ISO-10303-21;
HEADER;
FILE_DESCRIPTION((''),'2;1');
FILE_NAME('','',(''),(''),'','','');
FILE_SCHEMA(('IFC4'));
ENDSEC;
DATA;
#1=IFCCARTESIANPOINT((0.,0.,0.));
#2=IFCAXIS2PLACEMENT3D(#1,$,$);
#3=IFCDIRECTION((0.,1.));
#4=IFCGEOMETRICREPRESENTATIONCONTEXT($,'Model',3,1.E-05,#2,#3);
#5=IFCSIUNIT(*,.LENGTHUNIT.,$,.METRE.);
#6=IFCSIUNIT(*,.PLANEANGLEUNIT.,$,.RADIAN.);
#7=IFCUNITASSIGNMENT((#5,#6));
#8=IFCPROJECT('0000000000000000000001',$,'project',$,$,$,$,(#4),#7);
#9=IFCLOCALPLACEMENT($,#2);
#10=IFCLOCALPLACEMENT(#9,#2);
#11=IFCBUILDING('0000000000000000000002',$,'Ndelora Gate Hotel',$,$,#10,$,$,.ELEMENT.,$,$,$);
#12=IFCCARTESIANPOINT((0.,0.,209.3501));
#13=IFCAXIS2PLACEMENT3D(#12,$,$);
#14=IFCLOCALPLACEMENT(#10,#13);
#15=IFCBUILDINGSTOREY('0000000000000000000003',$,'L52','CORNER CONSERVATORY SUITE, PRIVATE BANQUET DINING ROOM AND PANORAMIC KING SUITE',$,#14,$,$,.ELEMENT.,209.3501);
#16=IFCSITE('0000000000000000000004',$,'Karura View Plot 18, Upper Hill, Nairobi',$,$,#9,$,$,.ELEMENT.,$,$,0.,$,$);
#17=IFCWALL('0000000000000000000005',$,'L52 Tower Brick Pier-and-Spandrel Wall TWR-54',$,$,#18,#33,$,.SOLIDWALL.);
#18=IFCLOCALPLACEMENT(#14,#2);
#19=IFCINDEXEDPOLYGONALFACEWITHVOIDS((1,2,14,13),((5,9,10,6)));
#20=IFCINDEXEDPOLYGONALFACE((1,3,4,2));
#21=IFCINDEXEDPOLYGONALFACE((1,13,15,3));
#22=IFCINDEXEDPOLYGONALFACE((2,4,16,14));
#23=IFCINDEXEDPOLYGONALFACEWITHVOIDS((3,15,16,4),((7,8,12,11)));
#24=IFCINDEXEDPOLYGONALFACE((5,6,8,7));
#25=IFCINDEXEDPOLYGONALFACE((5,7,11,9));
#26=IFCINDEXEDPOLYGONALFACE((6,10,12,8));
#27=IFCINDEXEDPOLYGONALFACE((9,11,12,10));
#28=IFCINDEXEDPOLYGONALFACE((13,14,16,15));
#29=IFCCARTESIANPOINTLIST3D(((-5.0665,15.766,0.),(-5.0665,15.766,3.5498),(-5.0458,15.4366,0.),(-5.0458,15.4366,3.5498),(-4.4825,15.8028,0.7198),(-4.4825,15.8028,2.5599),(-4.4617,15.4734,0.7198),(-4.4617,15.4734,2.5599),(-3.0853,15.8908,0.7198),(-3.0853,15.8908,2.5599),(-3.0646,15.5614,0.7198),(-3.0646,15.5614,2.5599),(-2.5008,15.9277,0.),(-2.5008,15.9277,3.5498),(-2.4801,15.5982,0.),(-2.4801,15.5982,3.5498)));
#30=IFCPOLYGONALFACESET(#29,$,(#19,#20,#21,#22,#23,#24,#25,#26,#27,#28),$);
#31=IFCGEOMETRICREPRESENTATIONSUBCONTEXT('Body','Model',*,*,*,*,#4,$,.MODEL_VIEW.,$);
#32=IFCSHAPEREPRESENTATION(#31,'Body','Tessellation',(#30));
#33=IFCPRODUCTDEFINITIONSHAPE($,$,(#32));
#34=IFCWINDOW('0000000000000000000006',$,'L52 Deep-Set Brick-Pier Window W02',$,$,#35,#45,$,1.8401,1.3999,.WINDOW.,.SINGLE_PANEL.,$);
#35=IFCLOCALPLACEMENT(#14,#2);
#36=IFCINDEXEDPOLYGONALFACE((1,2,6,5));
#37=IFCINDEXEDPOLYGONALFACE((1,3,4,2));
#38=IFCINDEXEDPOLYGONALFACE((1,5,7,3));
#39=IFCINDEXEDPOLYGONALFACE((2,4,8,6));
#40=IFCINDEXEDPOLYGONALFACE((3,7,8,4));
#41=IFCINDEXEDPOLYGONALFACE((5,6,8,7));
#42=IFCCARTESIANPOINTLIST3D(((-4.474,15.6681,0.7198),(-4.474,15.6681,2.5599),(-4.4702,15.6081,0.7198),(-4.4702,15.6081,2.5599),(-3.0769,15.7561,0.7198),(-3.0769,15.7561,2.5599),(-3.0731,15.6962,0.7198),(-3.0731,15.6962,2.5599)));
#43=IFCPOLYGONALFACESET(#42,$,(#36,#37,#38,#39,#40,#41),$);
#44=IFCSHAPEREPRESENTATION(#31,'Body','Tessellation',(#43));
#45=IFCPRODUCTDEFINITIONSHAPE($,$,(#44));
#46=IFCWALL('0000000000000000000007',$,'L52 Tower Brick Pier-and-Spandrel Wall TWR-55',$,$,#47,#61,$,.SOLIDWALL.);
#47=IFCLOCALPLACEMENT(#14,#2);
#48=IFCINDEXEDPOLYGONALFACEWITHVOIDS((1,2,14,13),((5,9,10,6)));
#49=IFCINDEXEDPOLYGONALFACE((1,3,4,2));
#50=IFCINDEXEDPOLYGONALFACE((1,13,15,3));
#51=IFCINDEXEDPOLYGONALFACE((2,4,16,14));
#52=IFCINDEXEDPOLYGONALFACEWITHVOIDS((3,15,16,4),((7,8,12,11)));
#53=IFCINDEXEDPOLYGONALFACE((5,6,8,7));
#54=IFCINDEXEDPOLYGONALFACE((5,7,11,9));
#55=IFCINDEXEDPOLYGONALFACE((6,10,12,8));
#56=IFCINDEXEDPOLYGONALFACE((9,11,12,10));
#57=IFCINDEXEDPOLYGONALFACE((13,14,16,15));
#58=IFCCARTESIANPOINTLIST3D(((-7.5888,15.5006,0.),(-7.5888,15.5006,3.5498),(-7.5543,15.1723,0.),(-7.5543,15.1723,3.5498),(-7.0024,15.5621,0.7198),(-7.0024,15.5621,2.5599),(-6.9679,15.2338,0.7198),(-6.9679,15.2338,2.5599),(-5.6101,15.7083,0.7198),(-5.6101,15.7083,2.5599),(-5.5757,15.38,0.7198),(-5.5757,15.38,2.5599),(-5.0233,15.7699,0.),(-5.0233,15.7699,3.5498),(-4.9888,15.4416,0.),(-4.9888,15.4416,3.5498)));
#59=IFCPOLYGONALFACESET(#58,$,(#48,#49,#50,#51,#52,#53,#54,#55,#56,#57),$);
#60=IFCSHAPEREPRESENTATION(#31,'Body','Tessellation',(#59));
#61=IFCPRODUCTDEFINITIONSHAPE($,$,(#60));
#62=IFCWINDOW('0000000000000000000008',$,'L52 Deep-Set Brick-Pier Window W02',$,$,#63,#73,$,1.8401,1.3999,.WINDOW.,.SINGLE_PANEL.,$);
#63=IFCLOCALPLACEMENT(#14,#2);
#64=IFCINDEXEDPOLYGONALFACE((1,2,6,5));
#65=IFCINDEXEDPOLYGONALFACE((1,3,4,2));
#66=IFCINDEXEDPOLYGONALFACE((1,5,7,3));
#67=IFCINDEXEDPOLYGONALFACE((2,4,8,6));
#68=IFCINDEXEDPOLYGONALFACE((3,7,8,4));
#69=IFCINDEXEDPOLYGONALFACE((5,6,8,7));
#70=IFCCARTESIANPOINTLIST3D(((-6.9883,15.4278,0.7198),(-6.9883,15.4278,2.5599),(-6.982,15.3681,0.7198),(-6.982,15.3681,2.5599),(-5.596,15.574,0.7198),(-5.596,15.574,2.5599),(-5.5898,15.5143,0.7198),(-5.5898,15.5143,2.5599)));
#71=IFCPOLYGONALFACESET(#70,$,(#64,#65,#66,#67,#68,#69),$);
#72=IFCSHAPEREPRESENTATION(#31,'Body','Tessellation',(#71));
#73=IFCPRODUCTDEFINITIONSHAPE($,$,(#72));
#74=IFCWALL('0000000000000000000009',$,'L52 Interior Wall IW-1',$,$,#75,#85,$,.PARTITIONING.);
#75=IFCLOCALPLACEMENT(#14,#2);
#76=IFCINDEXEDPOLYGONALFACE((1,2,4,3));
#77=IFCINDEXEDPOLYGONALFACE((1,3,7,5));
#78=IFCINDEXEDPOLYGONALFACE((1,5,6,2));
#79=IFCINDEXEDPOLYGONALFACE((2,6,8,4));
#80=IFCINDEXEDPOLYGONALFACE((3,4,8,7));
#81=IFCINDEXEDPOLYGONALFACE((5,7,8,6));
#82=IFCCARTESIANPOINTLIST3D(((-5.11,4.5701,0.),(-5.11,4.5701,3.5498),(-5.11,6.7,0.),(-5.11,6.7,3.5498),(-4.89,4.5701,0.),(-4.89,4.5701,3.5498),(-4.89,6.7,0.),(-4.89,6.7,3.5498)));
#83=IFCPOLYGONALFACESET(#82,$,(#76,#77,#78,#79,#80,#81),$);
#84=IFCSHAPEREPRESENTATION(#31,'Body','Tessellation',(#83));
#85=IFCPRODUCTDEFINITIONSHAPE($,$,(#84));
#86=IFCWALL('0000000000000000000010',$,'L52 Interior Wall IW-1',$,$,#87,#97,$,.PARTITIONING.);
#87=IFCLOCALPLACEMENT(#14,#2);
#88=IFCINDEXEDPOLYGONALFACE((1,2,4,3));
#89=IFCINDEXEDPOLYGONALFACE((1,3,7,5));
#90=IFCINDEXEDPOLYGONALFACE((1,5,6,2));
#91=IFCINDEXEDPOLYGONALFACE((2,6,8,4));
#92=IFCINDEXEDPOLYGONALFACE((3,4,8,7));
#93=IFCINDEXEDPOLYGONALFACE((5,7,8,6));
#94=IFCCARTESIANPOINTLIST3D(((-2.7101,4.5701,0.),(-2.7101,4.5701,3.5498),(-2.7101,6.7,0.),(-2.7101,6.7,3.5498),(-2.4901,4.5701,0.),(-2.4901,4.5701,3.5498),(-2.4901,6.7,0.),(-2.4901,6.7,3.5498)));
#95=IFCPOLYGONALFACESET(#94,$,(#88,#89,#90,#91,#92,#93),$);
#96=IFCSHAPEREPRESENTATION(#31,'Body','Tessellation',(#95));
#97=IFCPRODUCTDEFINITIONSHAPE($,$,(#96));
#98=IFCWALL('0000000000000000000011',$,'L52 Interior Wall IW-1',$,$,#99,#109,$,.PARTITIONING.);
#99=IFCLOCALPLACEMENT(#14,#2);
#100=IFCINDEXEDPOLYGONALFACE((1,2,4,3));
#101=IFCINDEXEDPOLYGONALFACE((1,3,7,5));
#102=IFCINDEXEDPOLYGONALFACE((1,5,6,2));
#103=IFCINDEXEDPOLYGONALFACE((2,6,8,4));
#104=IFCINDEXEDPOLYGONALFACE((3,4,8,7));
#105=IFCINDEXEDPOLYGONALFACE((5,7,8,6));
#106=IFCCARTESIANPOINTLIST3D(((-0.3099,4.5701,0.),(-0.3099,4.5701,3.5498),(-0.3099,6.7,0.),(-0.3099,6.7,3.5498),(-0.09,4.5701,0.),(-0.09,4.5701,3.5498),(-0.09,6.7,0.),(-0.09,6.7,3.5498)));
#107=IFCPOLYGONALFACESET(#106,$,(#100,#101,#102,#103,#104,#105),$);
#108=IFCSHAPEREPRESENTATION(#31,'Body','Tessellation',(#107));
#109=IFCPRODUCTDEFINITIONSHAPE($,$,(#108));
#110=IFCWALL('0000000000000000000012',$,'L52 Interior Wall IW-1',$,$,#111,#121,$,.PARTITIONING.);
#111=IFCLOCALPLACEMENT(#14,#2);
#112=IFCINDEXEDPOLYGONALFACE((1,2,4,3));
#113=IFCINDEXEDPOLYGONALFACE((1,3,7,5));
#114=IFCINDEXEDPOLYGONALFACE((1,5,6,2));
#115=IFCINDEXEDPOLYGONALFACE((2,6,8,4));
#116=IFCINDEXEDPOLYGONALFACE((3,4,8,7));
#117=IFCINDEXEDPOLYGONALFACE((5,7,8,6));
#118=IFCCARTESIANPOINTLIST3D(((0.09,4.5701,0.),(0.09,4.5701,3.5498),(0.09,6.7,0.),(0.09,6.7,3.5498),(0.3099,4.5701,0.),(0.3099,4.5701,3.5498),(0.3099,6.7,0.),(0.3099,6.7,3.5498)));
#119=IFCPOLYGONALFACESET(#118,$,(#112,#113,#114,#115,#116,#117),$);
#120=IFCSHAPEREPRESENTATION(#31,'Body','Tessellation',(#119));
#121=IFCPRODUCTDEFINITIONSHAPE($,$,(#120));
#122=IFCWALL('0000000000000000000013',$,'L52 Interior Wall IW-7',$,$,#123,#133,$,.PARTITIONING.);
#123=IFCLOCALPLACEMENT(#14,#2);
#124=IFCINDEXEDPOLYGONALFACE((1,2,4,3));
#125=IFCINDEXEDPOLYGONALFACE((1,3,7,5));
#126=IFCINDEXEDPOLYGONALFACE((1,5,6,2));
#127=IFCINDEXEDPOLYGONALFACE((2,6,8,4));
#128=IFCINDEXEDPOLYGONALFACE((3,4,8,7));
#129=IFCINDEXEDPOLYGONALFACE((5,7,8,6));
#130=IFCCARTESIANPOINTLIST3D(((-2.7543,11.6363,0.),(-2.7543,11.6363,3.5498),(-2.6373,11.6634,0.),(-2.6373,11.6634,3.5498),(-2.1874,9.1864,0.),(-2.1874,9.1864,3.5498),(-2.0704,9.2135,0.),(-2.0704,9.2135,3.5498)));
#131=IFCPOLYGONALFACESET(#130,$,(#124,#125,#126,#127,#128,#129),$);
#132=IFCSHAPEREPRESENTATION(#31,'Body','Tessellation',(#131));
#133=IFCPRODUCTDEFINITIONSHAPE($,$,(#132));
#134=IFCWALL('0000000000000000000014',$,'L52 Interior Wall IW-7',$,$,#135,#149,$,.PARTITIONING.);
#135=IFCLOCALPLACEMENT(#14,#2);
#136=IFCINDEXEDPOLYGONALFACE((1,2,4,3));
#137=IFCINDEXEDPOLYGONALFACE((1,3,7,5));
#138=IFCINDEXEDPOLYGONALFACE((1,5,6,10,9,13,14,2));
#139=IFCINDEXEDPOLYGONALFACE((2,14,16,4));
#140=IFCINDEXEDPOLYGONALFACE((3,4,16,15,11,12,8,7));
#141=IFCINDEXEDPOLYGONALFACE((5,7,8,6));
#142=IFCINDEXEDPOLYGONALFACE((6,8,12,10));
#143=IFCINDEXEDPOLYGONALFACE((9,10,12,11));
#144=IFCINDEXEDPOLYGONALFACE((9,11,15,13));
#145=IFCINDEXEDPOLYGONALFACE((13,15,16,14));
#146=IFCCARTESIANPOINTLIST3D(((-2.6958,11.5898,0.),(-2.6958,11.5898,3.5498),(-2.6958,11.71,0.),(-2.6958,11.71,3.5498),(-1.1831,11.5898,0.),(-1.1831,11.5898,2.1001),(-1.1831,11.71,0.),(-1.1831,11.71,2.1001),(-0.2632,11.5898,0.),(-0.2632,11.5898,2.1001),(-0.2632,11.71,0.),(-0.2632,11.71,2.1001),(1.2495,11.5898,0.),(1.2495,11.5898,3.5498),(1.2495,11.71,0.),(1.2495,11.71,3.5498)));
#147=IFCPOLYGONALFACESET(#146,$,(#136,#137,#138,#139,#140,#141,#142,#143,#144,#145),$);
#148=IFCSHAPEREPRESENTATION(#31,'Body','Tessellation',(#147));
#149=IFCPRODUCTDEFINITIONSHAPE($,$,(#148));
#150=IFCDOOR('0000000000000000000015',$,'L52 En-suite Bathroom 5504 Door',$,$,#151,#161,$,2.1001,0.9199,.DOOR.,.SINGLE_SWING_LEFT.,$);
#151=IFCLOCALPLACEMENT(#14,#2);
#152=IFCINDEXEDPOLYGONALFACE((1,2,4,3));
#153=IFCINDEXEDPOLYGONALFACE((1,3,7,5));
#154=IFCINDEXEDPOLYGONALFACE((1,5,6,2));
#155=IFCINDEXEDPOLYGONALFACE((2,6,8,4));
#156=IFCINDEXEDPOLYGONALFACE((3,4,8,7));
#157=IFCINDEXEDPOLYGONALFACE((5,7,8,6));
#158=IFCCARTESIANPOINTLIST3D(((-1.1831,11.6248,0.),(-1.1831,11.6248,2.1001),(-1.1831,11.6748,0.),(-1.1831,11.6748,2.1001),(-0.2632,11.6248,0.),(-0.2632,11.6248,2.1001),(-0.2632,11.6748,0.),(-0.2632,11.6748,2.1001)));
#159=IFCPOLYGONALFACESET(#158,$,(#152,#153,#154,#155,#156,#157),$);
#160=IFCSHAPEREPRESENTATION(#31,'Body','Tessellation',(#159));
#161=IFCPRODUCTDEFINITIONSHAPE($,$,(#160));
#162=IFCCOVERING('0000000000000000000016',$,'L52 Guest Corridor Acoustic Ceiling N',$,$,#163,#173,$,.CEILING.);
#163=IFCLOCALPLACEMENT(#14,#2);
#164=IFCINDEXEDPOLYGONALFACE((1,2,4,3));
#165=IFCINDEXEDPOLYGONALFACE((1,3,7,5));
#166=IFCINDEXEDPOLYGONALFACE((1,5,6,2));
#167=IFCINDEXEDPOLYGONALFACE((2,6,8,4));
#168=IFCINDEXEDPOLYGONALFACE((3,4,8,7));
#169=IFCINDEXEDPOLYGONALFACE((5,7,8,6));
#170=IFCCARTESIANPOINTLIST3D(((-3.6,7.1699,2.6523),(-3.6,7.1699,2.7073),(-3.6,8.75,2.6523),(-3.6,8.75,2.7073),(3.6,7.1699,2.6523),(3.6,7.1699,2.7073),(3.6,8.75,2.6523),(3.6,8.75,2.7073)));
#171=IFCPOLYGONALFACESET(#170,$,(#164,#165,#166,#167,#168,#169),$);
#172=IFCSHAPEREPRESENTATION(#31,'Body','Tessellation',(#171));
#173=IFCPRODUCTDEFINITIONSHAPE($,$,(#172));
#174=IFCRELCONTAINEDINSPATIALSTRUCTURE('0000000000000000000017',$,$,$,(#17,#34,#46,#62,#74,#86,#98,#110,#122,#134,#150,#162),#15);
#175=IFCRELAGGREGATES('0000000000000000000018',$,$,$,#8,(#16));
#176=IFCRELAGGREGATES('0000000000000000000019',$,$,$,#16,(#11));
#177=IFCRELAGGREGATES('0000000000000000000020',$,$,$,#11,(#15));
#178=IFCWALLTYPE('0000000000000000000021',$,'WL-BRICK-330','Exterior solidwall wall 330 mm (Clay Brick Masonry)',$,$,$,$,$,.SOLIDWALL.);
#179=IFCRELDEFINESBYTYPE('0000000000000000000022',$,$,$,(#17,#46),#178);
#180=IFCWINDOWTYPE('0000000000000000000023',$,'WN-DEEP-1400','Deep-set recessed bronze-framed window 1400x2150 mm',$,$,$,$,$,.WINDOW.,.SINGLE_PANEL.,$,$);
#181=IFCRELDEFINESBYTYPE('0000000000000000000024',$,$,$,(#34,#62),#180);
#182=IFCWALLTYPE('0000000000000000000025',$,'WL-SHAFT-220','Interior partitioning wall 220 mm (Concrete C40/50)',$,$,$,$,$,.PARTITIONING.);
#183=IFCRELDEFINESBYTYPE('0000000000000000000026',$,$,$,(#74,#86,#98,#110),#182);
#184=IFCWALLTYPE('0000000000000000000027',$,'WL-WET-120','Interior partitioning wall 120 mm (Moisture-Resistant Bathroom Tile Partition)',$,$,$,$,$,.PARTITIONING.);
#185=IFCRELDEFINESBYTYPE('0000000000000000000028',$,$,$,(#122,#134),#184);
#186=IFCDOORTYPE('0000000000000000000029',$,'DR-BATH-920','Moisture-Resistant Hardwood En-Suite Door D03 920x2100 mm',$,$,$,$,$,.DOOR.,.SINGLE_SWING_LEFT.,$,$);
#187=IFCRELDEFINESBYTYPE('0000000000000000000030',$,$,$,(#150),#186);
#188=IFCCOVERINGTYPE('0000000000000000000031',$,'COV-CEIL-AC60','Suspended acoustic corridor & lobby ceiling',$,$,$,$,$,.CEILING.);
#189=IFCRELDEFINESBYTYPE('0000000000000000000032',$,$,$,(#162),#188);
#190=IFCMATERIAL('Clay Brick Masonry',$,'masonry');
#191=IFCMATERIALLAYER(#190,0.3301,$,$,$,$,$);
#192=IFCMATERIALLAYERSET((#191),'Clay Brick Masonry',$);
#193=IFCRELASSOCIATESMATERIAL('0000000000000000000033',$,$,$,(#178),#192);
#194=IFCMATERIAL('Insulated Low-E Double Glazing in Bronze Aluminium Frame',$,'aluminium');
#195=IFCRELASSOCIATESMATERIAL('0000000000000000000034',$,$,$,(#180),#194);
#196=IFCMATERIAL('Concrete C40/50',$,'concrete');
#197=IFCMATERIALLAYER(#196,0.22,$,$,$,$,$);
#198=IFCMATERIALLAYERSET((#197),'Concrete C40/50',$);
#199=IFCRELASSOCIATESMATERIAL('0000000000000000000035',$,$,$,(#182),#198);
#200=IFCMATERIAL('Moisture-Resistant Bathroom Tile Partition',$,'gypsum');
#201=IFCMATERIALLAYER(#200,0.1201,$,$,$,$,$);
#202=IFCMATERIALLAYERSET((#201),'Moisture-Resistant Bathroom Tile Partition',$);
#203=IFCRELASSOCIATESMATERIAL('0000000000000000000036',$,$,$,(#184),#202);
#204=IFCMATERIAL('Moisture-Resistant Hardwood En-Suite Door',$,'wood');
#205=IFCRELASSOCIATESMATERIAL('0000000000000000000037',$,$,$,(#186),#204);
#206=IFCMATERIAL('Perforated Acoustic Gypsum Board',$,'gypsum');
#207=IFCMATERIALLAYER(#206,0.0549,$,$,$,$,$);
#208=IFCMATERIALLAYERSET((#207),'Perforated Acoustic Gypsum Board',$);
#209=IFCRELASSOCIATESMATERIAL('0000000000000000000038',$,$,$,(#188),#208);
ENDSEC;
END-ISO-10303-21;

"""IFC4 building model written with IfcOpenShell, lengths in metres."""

from ifc_helpers import new_model, si_unit, direction, frame, frame_2d, origin, origin_2d, place, context, subcontext, project, spatial, rectangle, extrude, material, layer, layer_set, type_object, element, fill, save


model = new_model("IFC4")

# Units and contexts
model_context = context("Model", 3, precision=1e-05, world=origin(), true_north=direction((0.0, 1.0)))
body_context = subcontext(model_context, "Body", "Model", "MODEL_VIEW")
ifc_project = project(units=[si_unit("LENGTHUNIT", "METRE"), si_unit("PLANEANGLEUNIT", "RADIAN")], contexts=[model_context])

# Site, building, storey
site_placement = place(None, origin())
site = spatial("IfcSite", under=ifc_project, at=site_placement, Name="Karura View Plot 18, Upper Hill, Nairobi", CompositionType="ELEMENT", RefElevation=0.0)
building_placement = place(site_placement, origin())
building = spatial("IfcBuilding", under=site, at=building_placement, Name="Ndelora Gate Hotel", CompositionType="ELEMENT")
storey_placement = place(building_placement, frame((0.0, 0.0, 209.3501)))
storey = spatial("IfcBuildingStorey", under=building, at=storey_placement, Name="L52", Description="CORNER CONSERVATORY SUITE, PRIVATE BANQUET DINING ROOM AND PANORAMIC KING SUITE", CompositionType="ELEMENT", Elevation=209.3501)

# Shared definitions
ifc_material_1 = material(Name="Clay Brick Masonry", Category="masonry")
ifc_layer_1 = layer(ifc_material_1, 0.3301)
ifc_layer_set_1 = layer_set([ifc_layer_1], Name="Clay Brick Masonry")
wall_type_1 = type_object("IfcWallType", Name="WL-BRICK-330", Description="Exterior solidwall wall 330 mm (Clay Brick Masonry)", PredefinedType="SOLIDWALL", material=ifc_layer_set_1)

# Walls, openings, windows
wall_1_placement = place(storey_placement, frame((-5.0562, 15.6013, 0.0), z_axis=(0.0, 0.0, 1.0), x_axis=(0.998022, 0.062869, 0.0)))
wall_1 = element("IfcWall", 1, at=wall_1_placement, inside=storey, type_object=wall_type_1, Name="L52 Tower Brick Pier-and-Spandrel Wall TWR-54", PredefinedType="SOLIDWALL", context=body_context, shape_type="SweptSolid", body=[
    extrude(rectangle(XDim=2.5708, YDim=0.3301, at=frame_2d((1.2854, 0.0))), origin(), (0.0, 0.0, 1.0), 3.5498),
])
opening_1_placement = place(wall_1_placement, frame((0.5852, 0.0, 0.72)))
opening_1 = element("IfcOpeningElement", 2, at=opening_1_placement, cuts=wall_1, PredefinedType="OPENING", context=body_context, shape_type="SweptSolid", body=[
    extrude(rectangle(XDim=1.3999, YDim=1.8401, at=frame_2d((0.7, 0.9199))), frame((0.0, 0.175, 0.0), z_axis=(0.0, -1.0, 0.0), x_axis=(1.0, 0.0, 0.0)), (0.0, 0.0, 1.0), 0.3501),
])
ifc_material_2 = material(Name="Insulated Low-E Double Glazing in Bronze Aluminium Frame", Category="aluminium")
window_type = type_object("IfcWindowType", Name="WN-DEEP-1400", Description="Deep-set recessed bronze-framed window 1400x2150 mm", PartitioningType="SINGLE_PANEL", PredefinedType="WINDOW", material=ifc_material_2)
window_1_placement = place(opening_1_placement, origin())
window_1 = element("IfcWindow", 3, at=window_1_placement, inside=storey, type_object=window_type, Name="L52 Deep-Set Brick-Pier Window W02", OverallHeight=1.8401, OverallWidth=1.3999, PartitioningType="SINGLE_PANEL", PredefinedType="WINDOW", context=body_context, shape_type="SweptSolid", body=[
    extrude(rectangle(XDim=1.3999, YDim=1.8401, at=frame_2d((0.7, 0.9199))), frame((0.0, 0.03, 0.0), z_axis=(0.0, -1.0, 0.0), x_axis=(1.0, 0.0, 0.0)), (0.0, 0.0, 1.0), 0.0601),
])
fill(opening_1, window_1)
wall_2_placement = place(storey_placement, frame((-7.5715, 15.3364, 0.0), z_axis=(0.0, 0.0, 1.0), x_axis=(0.994536, 0.104394, 0.0)))
wall_2 = element("IfcWall", 4, at=wall_2_placement, inside=storey, type_object=wall_type_1, Name="L52 Tower Brick Pier-and-Spandrel Wall TWR-55", PredefinedType="SOLIDWALL", context=body_context, shape_type="SweptSolid", body=[
    extrude(rectangle(XDim=2.5796, YDim=0.3301, at=frame_2d((1.2898, 0.0))), origin(), (0.0, 0.0, 1.0), 3.5498),
])
opening_2_placement = place(wall_2_placement, frame((0.5896, 0.0, 0.72)))
opening_2 = element("IfcOpeningElement", 5, at=opening_2_placement, cuts=wall_2, PredefinedType="OPENING", context=body_context, shape_type="SweptSolid", body=[
    extrude(rectangle(XDim=1.3999, YDim=1.8401, at=frame_2d((0.7, 0.9199))), frame((0.0, 0.175, 0.0), z_axis=(0.0, -1.0, 0.0), x_axis=(1.0, 0.0, 0.0)), (0.0, 0.0, 1.0), 0.3501),
])
window_2_placement = place(opening_2_placement, origin())
window_2 = element("IfcWindow", 6, at=window_2_placement, inside=storey, type_object=window_type, Name="L52 Deep-Set Brick-Pier Window W02", OverallHeight=1.8401, OverallWidth=1.3999, PartitioningType="SINGLE_PANEL", PredefinedType="WINDOW", context=body_context, shape_type="SweptSolid", body=[
    extrude(rectangle(XDim=1.3999, YDim=1.8401, at=frame_2d((0.7, 0.9199))), frame((0.0, 0.03, 0.0), z_axis=(0.0, -1.0, 0.0), x_axis=(1.0, 0.0, 0.0)), (0.0, 0.0, 1.0), 0.0601),
])
fill(opening_2, window_2)

# Walls
ifc_material_3 = material(Name="Concrete C40/50", Category="concrete")
ifc_layer_2 = layer(ifc_material_3, 0.22)
ifc_layer_set_2 = layer_set([ifc_layer_2], Name="Concrete C40/50")
wall_type_2 = type_object("IfcWallType", Name="WL-SHAFT-220", Description="Interior partitioning wall 220 mm (Concrete C40/50)", PredefinedType="PARTITIONING", material=ifc_layer_set_2)
for number, where, z_axis, x_axis, name in (
    (7, (-5.0, 4.5701, 0.0), (0.0, 0.0, 1.0), (0.0, 1.0, 0.0), "L52 Interior Wall IW-1"),
    (8, (-2.6001, 4.5701, 0.0), (0.0, 0.0, 1.0), (0.0, 1.0, 0.0), "L52 Interior Wall IW-1"),
    (9, (-0.2, 4.5701, 0.0), (0.0, 0.0, 1.0), (0.0, 1.0, 0.0), "L52 Interior Wall IW-1"),
    (10, (0.2, 4.5701, 0.0), (0.0, 0.0, 1.0), (0.0, 1.0, 0.0), "L52 Interior Wall IW-1"),
):
    element("IfcWall", number, at=place(storey_placement, frame(where, z_axis=z_axis, x_axis=x_axis)), inside=storey, type_object=wall_type_2, Name=name, PredefinedType="PARTITIONING", context=body_context, shape_type="SweptSolid", body=[
        extrude(rectangle(XDim=2.1299, YDim=0.22, at=frame_2d((1.0649, 0.0))), origin(), (0.0, 0.0, 1.0), 3.5498),
    ])
ifc_material_4 = material(Name="Moisture-Resistant Bathroom Tile Partition", Category="gypsum")
ifc_layer_3 = layer(ifc_material_4, 0.1201)
ifc_layer_set_3 = layer_set([ifc_layer_3], Name="Moisture-Resistant Bathroom Tile Partition")
wall_type_3 = type_object("IfcWallType", Name="WL-WET-120", Description="Interior partitioning wall 120 mm (Moisture-Resistant Bathroom Tile Partition)", PredefinedType="PARTITIONING", material=ifc_layer_set_3)
wall_3_placement = place(storey_placement, frame((-2.1289, 9.2, 0.0), z_axis=(0.0, 0.0, 1.0), x_axis=(-0.225434, 0.974258, 0.0)))
element("IfcWall", 11, at=wall_3_placement, inside=storey, type_object=wall_type_3, Name="L52 Interior Wall IW-7", PredefinedType="PARTITIONING", context=body_context, shape_type="SweptSolid", body=[
    extrude(rectangle(XDim=2.5146, YDim=0.1201, at=frame_2d((1.2573, 0.0))), origin(), (0.0, 0.0, 1.0), 3.5498),
])

# Wall, opening, door
wall_4_placement = place(storey_placement, frame((-2.6958, 11.6499, 0.0), z_axis=(0.0, 0.0, 1.0), x_axis=(1.0, 0.0, 0.0)))
wall_4 = element("IfcWall", 12, at=wall_4_placement, inside=storey, type_object=wall_type_3, Name="L52 Interior Wall IW-7", PredefinedType="PARTITIONING", context=body_context, shape_type="SweptSolid", body=[
    extrude(rectangle(XDim=3.9453, YDim=0.1201, at=frame_2d((1.9727, 0.0))), origin(), (0.0, 0.0, 1.0), 3.5498),
])
opening_3_placement = place(wall_4_placement, frame((1.5127, 0.0, 0.0)))
opening_3 = element("IfcOpeningElement", 13, at=opening_3_placement, cuts=wall_4, PredefinedType="OPENING", context=body_context, shape_type="SweptSolid", body=[
    extrude(rectangle(XDim=0.9199, YDim=2.1001, at=frame_2d((0.46, 1.05))), frame((0.0, 0.0701, 0.0), z_axis=(0.0, -1.0, 0.0), x_axis=(1.0, 0.0, 0.0)), (0.0, 0.0, 1.0), 0.1401),
])
ifc_material_5 = material(Name="Moisture-Resistant Hardwood En-Suite Door", Category="wood")
door_type = type_object("IfcDoorType", Name="DR-BATH-920", Description="Moisture-Resistant Hardwood En-Suite Door D03 920x2100 mm", OperationType="SINGLE_SWING_LEFT", PredefinedType="DOOR", material=ifc_material_5)
door_placement = place(opening_3_placement, origin())
door = element("IfcDoor", 14, at=door_placement, inside=storey, type_object=door_type, Name="L52 En-suite Bathroom 5504 Door", OperationType="SINGLE_SWING_LEFT", OverallHeight=2.1001, OverallWidth=0.9199, PredefinedType="DOOR", context=body_context, shape_type="SweptSolid", body=[
    extrude(rectangle(XDim=0.9199, YDim=2.1001, at=frame_2d((0.46, 1.05))), frame((0.0, 0.0249, 0.0), z_axis=(0.0, -1.0, 0.0), x_axis=(1.0, 0.0, 0.0)), (0.0, 0.0, 1.0), 0.05),
])
fill(opening_3, door)

# Covering
ifc_material_6 = material(Name="Perforated Acoustic Gypsum Board", Category="gypsum")
ifc_layer_4 = layer(ifc_material_6, 0.0549)
ifc_layer_set_4 = layer_set([ifc_layer_4], Name="Perforated Acoustic Gypsum Board")
covering_type_1 = type_object("IfcCoveringType", Name="COV-CEIL-AC60", Description="Suspended acoustic corridor & lobby ceiling", PredefinedType="CEILING", material=ifc_layer_set_4)
covering_1_placement = place(storey_placement, frame((0.0, 7.96, 2.6523), z_axis=(0.0, 0.0, 1.0), x_axis=(1.0, 0.0, 0.0)))
element("IfcCovering", 15, at=covering_1_placement, inside=storey, type_object=covering_type_1, Name="L52 Guest Corridor Acoustic Ceiling N", PredefinedType="CEILING", context=body_context, shape_type="SweptSolid", body=[
    extrude(rectangle(XDim=7.2, YDim=1.5801, at=origin_2d()), origin(), (0.0, 0.0, 1.0), 0.0549),
])

save(model, "model.ifc")
